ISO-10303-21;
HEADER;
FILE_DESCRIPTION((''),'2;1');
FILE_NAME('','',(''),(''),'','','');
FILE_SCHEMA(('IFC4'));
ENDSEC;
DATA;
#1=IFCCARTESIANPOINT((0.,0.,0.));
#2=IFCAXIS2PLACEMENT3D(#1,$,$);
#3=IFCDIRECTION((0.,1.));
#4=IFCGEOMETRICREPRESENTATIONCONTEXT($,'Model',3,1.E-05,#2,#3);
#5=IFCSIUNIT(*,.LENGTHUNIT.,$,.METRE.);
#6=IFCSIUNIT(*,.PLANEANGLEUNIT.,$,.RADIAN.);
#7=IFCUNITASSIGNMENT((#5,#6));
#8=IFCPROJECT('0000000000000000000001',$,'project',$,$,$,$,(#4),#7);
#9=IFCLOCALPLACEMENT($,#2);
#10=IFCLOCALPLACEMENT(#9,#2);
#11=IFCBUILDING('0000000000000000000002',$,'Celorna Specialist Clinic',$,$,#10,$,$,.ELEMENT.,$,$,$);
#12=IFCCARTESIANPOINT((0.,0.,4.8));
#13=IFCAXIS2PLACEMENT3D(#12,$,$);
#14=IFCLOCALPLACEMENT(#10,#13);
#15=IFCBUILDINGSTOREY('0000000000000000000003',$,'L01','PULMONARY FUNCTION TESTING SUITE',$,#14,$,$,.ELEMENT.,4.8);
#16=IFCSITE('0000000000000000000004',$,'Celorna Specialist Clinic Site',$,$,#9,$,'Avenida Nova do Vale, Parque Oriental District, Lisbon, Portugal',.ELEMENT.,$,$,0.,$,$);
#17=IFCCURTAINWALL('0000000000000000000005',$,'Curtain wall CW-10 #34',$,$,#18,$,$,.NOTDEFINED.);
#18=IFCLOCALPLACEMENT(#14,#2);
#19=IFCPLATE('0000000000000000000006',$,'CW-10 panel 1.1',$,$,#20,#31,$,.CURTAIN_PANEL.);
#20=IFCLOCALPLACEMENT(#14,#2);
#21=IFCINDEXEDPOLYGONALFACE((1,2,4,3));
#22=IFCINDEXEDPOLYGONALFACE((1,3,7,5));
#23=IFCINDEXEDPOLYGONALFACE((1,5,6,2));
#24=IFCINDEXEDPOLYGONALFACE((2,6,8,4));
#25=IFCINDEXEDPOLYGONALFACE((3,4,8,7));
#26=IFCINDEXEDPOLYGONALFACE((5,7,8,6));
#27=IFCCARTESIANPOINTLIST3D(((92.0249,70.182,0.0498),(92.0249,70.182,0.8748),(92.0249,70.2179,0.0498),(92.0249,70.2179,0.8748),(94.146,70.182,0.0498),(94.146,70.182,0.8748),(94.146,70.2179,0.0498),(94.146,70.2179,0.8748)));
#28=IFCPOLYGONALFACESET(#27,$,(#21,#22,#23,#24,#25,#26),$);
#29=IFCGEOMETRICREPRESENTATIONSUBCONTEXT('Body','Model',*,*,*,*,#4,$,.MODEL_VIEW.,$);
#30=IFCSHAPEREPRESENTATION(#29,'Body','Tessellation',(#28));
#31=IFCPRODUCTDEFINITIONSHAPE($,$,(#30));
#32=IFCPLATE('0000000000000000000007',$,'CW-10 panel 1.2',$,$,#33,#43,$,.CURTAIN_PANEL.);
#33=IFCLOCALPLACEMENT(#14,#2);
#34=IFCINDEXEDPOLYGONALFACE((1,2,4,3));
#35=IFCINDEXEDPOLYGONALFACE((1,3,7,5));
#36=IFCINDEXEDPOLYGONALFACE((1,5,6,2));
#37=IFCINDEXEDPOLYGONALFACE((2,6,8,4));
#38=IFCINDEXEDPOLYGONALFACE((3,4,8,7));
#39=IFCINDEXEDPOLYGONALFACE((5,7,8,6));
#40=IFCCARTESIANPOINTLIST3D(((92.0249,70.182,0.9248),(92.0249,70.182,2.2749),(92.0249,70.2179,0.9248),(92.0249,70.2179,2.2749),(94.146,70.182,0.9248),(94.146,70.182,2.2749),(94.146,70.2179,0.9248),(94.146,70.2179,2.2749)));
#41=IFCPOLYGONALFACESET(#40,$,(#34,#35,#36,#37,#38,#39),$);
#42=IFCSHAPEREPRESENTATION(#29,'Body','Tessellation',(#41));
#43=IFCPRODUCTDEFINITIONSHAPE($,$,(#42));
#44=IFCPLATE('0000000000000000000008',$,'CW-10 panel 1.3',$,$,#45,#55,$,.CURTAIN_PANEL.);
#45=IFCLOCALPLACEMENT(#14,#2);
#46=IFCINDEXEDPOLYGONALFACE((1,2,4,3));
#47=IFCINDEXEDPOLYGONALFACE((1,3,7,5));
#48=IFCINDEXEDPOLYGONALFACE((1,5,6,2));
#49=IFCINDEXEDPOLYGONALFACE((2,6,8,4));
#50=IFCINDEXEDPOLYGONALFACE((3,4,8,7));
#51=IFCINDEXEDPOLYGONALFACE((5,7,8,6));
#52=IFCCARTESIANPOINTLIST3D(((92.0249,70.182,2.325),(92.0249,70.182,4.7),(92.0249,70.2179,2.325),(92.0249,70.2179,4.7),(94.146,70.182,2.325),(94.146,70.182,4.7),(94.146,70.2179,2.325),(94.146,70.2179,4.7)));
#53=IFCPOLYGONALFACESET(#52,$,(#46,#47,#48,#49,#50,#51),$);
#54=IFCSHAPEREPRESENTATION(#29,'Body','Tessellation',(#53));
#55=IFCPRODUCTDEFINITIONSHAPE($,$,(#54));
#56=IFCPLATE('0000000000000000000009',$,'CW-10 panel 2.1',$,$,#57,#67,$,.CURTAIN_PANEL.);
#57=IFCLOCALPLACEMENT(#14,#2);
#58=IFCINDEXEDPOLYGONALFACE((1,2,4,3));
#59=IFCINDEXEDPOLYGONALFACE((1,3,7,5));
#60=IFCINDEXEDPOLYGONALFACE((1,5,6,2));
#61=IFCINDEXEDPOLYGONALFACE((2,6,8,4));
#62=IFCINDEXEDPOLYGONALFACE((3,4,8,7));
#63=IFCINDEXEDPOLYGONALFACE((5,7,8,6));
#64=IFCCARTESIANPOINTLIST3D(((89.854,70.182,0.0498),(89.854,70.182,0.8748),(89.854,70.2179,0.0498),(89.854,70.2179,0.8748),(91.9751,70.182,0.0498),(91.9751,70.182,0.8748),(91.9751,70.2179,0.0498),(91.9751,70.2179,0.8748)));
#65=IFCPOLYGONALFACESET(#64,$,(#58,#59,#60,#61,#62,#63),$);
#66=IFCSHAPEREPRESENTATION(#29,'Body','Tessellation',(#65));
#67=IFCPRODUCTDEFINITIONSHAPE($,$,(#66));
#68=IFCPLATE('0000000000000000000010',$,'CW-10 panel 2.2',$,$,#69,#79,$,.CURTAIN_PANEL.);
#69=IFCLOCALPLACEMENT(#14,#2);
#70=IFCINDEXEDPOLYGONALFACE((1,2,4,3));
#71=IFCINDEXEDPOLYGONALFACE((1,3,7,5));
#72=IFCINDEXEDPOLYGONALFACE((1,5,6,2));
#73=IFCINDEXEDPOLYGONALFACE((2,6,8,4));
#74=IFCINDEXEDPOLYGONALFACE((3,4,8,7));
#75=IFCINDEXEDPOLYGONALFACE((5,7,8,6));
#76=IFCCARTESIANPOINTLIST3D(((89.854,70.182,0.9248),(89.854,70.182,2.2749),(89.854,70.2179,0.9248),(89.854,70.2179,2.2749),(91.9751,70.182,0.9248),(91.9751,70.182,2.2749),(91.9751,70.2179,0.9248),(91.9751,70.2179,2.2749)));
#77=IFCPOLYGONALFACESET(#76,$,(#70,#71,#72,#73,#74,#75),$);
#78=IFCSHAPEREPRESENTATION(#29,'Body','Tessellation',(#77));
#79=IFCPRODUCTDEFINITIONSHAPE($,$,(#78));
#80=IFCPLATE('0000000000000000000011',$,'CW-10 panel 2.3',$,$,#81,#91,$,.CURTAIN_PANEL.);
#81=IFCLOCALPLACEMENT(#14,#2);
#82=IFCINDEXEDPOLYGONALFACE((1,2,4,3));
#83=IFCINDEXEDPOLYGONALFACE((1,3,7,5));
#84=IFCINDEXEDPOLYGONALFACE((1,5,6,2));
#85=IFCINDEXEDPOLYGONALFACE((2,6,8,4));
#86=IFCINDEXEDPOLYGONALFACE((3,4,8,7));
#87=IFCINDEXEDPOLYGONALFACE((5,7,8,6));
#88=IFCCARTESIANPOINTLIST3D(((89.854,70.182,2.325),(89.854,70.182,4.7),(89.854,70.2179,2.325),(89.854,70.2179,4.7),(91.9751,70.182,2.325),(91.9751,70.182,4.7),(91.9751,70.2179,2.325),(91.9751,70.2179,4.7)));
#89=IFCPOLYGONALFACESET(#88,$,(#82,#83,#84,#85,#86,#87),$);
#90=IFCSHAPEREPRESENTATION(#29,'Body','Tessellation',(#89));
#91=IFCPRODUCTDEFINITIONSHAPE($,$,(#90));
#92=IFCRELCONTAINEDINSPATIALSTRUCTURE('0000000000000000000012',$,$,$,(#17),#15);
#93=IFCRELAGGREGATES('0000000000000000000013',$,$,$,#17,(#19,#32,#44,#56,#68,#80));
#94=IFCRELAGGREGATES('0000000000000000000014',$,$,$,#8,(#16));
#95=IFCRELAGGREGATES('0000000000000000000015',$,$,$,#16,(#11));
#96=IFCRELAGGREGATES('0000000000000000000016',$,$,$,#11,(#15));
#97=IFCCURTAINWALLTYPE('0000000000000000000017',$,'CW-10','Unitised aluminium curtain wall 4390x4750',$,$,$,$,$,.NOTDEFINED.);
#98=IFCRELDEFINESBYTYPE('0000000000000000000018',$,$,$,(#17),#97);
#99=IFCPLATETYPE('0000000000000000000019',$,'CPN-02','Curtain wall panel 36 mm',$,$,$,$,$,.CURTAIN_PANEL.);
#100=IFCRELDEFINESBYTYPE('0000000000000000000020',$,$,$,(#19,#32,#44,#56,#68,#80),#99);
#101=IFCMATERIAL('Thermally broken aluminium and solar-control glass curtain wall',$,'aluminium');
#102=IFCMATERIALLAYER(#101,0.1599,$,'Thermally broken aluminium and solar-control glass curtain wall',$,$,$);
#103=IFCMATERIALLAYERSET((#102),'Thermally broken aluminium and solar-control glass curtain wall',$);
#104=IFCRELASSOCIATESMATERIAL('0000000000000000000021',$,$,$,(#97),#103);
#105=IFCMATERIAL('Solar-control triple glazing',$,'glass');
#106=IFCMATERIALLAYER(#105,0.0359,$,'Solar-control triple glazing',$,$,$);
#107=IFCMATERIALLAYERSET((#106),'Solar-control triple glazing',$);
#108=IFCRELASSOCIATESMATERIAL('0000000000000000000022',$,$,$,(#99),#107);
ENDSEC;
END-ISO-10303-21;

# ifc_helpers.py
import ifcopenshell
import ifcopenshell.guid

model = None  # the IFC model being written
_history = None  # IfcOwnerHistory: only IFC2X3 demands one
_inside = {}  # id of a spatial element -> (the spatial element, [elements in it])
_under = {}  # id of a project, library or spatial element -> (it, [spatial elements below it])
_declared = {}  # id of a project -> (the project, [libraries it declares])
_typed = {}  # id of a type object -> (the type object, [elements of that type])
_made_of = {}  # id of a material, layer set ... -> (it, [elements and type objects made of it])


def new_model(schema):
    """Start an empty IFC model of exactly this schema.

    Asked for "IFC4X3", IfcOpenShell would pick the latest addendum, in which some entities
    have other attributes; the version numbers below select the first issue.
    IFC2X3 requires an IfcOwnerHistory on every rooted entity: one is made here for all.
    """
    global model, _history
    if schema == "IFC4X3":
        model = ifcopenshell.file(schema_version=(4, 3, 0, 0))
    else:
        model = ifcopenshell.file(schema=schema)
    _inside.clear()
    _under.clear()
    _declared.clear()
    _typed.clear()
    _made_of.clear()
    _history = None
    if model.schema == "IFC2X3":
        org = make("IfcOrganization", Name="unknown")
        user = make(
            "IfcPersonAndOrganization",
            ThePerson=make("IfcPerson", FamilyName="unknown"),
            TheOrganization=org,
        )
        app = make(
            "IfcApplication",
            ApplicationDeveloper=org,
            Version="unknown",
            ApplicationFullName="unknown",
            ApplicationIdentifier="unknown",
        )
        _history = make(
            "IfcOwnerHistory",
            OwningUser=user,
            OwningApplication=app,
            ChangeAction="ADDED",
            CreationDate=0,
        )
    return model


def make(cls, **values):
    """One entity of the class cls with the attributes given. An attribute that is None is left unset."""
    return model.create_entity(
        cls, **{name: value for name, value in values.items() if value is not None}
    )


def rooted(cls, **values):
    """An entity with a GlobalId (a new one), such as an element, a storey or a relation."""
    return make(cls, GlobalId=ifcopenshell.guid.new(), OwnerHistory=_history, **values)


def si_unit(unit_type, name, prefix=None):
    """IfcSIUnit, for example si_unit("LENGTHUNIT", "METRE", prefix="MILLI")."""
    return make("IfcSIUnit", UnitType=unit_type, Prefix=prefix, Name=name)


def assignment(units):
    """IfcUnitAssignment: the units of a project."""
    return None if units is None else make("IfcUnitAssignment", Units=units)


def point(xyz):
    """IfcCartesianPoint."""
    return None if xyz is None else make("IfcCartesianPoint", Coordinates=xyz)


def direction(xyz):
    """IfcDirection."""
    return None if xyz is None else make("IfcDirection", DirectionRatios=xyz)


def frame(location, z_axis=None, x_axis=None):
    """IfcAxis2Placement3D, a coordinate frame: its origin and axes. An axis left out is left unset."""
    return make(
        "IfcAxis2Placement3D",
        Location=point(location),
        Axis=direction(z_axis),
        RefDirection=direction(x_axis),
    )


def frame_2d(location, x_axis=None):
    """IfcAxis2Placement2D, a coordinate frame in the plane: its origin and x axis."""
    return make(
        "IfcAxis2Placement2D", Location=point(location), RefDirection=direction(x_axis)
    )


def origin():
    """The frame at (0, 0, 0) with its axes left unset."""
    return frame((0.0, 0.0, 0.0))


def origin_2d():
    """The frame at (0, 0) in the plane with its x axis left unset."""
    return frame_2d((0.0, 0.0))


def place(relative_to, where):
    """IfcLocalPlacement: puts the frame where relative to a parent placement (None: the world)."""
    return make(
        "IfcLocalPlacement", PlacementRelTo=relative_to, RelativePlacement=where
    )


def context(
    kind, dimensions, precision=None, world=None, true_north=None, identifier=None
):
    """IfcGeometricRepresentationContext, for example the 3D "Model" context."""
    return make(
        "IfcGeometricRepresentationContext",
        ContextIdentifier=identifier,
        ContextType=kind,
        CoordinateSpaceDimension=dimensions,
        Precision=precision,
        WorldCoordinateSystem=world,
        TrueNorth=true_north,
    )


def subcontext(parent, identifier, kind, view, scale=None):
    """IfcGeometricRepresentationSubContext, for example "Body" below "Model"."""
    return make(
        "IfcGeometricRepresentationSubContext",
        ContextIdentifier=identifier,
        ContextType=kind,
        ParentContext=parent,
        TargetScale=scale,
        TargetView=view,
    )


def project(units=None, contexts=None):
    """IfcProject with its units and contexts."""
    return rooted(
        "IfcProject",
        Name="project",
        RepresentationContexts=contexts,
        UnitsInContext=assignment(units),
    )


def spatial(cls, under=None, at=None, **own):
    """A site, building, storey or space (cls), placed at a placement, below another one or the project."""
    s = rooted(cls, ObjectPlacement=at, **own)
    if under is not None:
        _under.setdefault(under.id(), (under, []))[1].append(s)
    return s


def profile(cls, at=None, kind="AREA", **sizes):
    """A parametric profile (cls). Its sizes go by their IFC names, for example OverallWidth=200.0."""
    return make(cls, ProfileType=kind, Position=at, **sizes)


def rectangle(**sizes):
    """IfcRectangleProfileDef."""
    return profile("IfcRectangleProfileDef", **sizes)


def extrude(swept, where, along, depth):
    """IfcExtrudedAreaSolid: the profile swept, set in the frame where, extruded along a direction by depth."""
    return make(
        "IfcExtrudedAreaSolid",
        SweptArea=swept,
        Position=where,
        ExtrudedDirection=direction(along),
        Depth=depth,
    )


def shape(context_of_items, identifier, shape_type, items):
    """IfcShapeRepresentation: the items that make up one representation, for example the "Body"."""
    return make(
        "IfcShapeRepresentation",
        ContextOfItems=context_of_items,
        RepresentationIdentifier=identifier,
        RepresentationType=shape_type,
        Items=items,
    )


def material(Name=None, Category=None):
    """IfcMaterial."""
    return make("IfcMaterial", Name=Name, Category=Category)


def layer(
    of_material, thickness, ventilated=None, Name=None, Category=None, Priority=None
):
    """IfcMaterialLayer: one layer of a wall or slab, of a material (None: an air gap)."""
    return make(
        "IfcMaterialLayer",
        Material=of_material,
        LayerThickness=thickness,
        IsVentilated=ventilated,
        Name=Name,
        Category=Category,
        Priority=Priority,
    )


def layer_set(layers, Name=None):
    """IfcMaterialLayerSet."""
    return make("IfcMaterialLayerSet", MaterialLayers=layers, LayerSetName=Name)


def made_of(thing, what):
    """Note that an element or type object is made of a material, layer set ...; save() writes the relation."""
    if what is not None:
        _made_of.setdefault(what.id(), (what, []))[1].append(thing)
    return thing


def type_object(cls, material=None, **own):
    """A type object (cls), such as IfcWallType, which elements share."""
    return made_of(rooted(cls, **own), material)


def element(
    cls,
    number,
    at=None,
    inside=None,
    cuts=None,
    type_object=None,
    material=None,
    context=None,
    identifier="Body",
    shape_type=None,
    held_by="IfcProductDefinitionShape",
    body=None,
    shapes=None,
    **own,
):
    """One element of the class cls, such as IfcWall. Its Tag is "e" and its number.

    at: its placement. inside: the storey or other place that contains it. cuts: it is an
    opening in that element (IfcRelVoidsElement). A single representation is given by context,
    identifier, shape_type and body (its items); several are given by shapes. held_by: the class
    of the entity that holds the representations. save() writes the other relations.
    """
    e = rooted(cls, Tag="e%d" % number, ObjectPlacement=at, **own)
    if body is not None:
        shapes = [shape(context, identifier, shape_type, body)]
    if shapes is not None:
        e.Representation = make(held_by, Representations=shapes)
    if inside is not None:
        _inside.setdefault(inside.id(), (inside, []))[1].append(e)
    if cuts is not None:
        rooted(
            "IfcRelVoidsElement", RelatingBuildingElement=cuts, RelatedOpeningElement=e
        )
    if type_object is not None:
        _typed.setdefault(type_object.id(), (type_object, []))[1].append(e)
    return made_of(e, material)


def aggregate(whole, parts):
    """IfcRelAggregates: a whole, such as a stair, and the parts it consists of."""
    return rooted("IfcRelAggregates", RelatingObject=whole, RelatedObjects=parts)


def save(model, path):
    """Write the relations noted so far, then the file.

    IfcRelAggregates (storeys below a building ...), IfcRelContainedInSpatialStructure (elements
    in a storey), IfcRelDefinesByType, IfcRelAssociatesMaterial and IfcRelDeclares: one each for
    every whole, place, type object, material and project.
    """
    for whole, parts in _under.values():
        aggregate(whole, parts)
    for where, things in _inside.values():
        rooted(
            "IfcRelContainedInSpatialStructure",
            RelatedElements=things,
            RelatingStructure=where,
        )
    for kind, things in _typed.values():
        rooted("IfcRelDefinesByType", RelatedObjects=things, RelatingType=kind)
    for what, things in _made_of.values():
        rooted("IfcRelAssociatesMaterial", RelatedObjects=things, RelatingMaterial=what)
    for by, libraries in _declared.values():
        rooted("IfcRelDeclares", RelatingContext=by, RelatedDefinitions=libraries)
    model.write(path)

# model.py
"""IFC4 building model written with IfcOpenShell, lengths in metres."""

from ifc_helpers import new_model, si_unit, direction, frame, origin, origin_2d, place, context, subcontext, project, spatial, rectangle, extrude, material, layer, layer_set, type_object, element, aggregate, save


model = new_model("IFC4")

# Units and contexts
model_context = context("Model", 3, precision=1e-05, world=origin(), true_north=direction((0.0, 1.0)))
body_context = subcontext(model_context, "Body", "Model", "MODEL_VIEW")
ifc_project = project(units=[si_unit("LENGTHUNIT", "METRE"), si_unit("PLANEANGLEUNIT", "RADIAN")], contexts=[model_context])

# Site, building, storey
site_placement = place(None, origin())
site = spatial("IfcSite", under=ifc_project, at=site_placement, Name="Celorna Specialist Clinic Site", LongName="Avenida Nova do Vale, Parque Oriental District, Lisbon, Portugal", CompositionType="ELEMENT", RefElevation=0.0)
building_placement = place(site_placement, origin())
building = spatial("IfcBuilding", under=site, at=building_placement, Name="Celorna Specialist Clinic", CompositionType="ELEMENT")
storey_placement = place(building_placement, frame((0.0, 0.0, 4.8)))
storey = spatial("IfcBuildingStorey", under=building, at=storey_placement, Name="L01", Description="PULMONARY FUNCTION TESTING SUITE", CompositionType="ELEMENT", Elevation=4.8)

# Curtain wall, plates
ifc_material_1 = material(Name="Thermally broken aluminium and solar-control glass curtain wall", Category="aluminium")
ifc_layer_1 = layer(ifc_material_1, 0.1599, Name="Thermally broken aluminium and solar-control glass curtain wall")
ifc_layer_set_1 = layer_set([ifc_layer_1], Name="Thermally broken aluminium and solar-control glass curtain wall")
curtain_wall_type = type_object("IfcCurtainWallType", Name="CW-10", Description="Unitised aluminium curtain wall 4390x4750", PredefinedType="NOTDEFINED", material=ifc_layer_set_1)
curtain_wall_placement = place(storey_placement, origin())
curtain_wall = element("IfcCurtainWall", 1, at=curtain_wall_placement, inside=storey, type_object=curtain_wall_type, Name="Curtain wall CW-10 #34", PredefinedType="NOTDEFINED")
ifc_material_2 = material(Name="Solar-control triple glazing", Category="glass")
ifc_layer_2 = layer(ifc_material_2, 0.0359, Name="Solar-control triple glazing")
ifc_layer_set_2 = layer_set([ifc_layer_2], Name="Solar-control triple glazing")
plate_type = type_object("IfcPlateType", Name="CPN-02", Description="Curtain wall panel 36 mm", PredefinedType="CURTAIN_PANEL", material=ifc_layer_set_2)
plate_1_placement = place(storey_placement, frame((93.0854, 70.2, 0.0498), z_axis=(0.0, 0.0, 1.0), x_axis=(-1.0, 0.0, 0.0)))
plate_1 = element("IfcPlate", 2, at=plate_1_placement, type_object=plate_type, Name="CW-10 panel 1.1", PredefinedType="CURTAIN_PANEL", context=body_context, shape_type="SweptSolid", body=[
    extrude(rectangle(XDim=2.1211, YDim=0.0359, at=origin_2d()), origin(), (0.0, 0.0, 1.0), 0.825),
])
plate_2_placement = place(storey_placement, frame((93.0854, 70.2, 0.9248), z_axis=(0.0, 0.0, 1.0), x_axis=(-1.0, 0.0, 0.0)))
plate_2 = element("IfcPlate", 3, at=plate_2_placement, type_object=plate_type, Name="CW-10 panel 1.2", PredefinedType="CURTAIN_PANEL", context=body_context, shape_type="SweptSolid", body=[
    extrude(rectangle(XDim=2.1211, YDim=0.0359, at=origin_2d()), origin(), (0.0, 0.0, 1.0), 1.3501),
])
plate_3_placement = place(storey_placement, frame((93.0854, 70.2, 2.325), z_axis=(0.0, 0.0, 1.0), x_axis=(-1.0, 0.0, 0.0)))
plate_3 = element("IfcPlate", 4, at=plate_3_placement, type_object=plate_type, Name="CW-10 panel 1.3", PredefinedType="CURTAIN_PANEL", context=body_context, shape_type="SweptSolid", body=[
    extrude(rectangle(XDim=2.1211, YDim=0.0359, at=origin_2d()), origin(), (0.0, 0.0, 1.0), 2.375),
])
plate_4_placement = place(storey_placement, frame((90.9146, 70.2, 0.0498), z_axis=(0.0, 0.0, 1.0), x_axis=(-1.0, 0.0, 0.0)))
plate_4 = element("IfcPlate", 5, at=plate_4_placement, type_object=plate_type, Name="CW-10 panel 2.1", PredefinedType="CURTAIN_PANEL", context=body_context, shape_type="SweptSolid", body=[
    extrude(rectangle(XDim=2.1211, YDim=0.0359, at=origin_2d()), origin(), (0.0, 0.0, 1.0), 0.825),
])
plate_5_placement = place(storey_placement, frame((90.9146, 70.2, 0.9248), z_axis=(0.0, 0.0, 1.0), x_axis=(-1.0, 0.0, 0.0)))
plate_5 = element("IfcPlate", 6, at=plate_5_placement, type_object=plate_type, Name="CW-10 panel 2.2", PredefinedType="CURTAIN_PANEL", context=body_context, shape_type="SweptSolid", body=[
    extrude(rectangle(XDim=2.1211, YDim=0.0359, at=origin_2d()), origin(), (0.0, 0.0, 1.0), 1.3501),
])
plate_6_placement = place(storey_placement, frame((90.9146, 70.2, 2.325), z_axis=(0.0, 0.0, 1.0), x_axis=(-1.0, 0.0, 0.0)))
plate_6 = element("IfcPlate", 7, at=plate_6_placement, type_object=plate_type, Name="CW-10 panel 2.3", PredefinedType="CURTAIN_PANEL", context=body_context, shape_type="SweptSolid", body=[
    extrude(rectangle(XDim=2.1211, YDim=0.0359, at=origin_2d()), origin(), (0.0, 0.0, 1.0), 2.375),
])
aggregate(curtain_wall, [plate_1, plate_2, plate_3, plate_4, plate_5, plate_6])

save(model, "model.ifc")
